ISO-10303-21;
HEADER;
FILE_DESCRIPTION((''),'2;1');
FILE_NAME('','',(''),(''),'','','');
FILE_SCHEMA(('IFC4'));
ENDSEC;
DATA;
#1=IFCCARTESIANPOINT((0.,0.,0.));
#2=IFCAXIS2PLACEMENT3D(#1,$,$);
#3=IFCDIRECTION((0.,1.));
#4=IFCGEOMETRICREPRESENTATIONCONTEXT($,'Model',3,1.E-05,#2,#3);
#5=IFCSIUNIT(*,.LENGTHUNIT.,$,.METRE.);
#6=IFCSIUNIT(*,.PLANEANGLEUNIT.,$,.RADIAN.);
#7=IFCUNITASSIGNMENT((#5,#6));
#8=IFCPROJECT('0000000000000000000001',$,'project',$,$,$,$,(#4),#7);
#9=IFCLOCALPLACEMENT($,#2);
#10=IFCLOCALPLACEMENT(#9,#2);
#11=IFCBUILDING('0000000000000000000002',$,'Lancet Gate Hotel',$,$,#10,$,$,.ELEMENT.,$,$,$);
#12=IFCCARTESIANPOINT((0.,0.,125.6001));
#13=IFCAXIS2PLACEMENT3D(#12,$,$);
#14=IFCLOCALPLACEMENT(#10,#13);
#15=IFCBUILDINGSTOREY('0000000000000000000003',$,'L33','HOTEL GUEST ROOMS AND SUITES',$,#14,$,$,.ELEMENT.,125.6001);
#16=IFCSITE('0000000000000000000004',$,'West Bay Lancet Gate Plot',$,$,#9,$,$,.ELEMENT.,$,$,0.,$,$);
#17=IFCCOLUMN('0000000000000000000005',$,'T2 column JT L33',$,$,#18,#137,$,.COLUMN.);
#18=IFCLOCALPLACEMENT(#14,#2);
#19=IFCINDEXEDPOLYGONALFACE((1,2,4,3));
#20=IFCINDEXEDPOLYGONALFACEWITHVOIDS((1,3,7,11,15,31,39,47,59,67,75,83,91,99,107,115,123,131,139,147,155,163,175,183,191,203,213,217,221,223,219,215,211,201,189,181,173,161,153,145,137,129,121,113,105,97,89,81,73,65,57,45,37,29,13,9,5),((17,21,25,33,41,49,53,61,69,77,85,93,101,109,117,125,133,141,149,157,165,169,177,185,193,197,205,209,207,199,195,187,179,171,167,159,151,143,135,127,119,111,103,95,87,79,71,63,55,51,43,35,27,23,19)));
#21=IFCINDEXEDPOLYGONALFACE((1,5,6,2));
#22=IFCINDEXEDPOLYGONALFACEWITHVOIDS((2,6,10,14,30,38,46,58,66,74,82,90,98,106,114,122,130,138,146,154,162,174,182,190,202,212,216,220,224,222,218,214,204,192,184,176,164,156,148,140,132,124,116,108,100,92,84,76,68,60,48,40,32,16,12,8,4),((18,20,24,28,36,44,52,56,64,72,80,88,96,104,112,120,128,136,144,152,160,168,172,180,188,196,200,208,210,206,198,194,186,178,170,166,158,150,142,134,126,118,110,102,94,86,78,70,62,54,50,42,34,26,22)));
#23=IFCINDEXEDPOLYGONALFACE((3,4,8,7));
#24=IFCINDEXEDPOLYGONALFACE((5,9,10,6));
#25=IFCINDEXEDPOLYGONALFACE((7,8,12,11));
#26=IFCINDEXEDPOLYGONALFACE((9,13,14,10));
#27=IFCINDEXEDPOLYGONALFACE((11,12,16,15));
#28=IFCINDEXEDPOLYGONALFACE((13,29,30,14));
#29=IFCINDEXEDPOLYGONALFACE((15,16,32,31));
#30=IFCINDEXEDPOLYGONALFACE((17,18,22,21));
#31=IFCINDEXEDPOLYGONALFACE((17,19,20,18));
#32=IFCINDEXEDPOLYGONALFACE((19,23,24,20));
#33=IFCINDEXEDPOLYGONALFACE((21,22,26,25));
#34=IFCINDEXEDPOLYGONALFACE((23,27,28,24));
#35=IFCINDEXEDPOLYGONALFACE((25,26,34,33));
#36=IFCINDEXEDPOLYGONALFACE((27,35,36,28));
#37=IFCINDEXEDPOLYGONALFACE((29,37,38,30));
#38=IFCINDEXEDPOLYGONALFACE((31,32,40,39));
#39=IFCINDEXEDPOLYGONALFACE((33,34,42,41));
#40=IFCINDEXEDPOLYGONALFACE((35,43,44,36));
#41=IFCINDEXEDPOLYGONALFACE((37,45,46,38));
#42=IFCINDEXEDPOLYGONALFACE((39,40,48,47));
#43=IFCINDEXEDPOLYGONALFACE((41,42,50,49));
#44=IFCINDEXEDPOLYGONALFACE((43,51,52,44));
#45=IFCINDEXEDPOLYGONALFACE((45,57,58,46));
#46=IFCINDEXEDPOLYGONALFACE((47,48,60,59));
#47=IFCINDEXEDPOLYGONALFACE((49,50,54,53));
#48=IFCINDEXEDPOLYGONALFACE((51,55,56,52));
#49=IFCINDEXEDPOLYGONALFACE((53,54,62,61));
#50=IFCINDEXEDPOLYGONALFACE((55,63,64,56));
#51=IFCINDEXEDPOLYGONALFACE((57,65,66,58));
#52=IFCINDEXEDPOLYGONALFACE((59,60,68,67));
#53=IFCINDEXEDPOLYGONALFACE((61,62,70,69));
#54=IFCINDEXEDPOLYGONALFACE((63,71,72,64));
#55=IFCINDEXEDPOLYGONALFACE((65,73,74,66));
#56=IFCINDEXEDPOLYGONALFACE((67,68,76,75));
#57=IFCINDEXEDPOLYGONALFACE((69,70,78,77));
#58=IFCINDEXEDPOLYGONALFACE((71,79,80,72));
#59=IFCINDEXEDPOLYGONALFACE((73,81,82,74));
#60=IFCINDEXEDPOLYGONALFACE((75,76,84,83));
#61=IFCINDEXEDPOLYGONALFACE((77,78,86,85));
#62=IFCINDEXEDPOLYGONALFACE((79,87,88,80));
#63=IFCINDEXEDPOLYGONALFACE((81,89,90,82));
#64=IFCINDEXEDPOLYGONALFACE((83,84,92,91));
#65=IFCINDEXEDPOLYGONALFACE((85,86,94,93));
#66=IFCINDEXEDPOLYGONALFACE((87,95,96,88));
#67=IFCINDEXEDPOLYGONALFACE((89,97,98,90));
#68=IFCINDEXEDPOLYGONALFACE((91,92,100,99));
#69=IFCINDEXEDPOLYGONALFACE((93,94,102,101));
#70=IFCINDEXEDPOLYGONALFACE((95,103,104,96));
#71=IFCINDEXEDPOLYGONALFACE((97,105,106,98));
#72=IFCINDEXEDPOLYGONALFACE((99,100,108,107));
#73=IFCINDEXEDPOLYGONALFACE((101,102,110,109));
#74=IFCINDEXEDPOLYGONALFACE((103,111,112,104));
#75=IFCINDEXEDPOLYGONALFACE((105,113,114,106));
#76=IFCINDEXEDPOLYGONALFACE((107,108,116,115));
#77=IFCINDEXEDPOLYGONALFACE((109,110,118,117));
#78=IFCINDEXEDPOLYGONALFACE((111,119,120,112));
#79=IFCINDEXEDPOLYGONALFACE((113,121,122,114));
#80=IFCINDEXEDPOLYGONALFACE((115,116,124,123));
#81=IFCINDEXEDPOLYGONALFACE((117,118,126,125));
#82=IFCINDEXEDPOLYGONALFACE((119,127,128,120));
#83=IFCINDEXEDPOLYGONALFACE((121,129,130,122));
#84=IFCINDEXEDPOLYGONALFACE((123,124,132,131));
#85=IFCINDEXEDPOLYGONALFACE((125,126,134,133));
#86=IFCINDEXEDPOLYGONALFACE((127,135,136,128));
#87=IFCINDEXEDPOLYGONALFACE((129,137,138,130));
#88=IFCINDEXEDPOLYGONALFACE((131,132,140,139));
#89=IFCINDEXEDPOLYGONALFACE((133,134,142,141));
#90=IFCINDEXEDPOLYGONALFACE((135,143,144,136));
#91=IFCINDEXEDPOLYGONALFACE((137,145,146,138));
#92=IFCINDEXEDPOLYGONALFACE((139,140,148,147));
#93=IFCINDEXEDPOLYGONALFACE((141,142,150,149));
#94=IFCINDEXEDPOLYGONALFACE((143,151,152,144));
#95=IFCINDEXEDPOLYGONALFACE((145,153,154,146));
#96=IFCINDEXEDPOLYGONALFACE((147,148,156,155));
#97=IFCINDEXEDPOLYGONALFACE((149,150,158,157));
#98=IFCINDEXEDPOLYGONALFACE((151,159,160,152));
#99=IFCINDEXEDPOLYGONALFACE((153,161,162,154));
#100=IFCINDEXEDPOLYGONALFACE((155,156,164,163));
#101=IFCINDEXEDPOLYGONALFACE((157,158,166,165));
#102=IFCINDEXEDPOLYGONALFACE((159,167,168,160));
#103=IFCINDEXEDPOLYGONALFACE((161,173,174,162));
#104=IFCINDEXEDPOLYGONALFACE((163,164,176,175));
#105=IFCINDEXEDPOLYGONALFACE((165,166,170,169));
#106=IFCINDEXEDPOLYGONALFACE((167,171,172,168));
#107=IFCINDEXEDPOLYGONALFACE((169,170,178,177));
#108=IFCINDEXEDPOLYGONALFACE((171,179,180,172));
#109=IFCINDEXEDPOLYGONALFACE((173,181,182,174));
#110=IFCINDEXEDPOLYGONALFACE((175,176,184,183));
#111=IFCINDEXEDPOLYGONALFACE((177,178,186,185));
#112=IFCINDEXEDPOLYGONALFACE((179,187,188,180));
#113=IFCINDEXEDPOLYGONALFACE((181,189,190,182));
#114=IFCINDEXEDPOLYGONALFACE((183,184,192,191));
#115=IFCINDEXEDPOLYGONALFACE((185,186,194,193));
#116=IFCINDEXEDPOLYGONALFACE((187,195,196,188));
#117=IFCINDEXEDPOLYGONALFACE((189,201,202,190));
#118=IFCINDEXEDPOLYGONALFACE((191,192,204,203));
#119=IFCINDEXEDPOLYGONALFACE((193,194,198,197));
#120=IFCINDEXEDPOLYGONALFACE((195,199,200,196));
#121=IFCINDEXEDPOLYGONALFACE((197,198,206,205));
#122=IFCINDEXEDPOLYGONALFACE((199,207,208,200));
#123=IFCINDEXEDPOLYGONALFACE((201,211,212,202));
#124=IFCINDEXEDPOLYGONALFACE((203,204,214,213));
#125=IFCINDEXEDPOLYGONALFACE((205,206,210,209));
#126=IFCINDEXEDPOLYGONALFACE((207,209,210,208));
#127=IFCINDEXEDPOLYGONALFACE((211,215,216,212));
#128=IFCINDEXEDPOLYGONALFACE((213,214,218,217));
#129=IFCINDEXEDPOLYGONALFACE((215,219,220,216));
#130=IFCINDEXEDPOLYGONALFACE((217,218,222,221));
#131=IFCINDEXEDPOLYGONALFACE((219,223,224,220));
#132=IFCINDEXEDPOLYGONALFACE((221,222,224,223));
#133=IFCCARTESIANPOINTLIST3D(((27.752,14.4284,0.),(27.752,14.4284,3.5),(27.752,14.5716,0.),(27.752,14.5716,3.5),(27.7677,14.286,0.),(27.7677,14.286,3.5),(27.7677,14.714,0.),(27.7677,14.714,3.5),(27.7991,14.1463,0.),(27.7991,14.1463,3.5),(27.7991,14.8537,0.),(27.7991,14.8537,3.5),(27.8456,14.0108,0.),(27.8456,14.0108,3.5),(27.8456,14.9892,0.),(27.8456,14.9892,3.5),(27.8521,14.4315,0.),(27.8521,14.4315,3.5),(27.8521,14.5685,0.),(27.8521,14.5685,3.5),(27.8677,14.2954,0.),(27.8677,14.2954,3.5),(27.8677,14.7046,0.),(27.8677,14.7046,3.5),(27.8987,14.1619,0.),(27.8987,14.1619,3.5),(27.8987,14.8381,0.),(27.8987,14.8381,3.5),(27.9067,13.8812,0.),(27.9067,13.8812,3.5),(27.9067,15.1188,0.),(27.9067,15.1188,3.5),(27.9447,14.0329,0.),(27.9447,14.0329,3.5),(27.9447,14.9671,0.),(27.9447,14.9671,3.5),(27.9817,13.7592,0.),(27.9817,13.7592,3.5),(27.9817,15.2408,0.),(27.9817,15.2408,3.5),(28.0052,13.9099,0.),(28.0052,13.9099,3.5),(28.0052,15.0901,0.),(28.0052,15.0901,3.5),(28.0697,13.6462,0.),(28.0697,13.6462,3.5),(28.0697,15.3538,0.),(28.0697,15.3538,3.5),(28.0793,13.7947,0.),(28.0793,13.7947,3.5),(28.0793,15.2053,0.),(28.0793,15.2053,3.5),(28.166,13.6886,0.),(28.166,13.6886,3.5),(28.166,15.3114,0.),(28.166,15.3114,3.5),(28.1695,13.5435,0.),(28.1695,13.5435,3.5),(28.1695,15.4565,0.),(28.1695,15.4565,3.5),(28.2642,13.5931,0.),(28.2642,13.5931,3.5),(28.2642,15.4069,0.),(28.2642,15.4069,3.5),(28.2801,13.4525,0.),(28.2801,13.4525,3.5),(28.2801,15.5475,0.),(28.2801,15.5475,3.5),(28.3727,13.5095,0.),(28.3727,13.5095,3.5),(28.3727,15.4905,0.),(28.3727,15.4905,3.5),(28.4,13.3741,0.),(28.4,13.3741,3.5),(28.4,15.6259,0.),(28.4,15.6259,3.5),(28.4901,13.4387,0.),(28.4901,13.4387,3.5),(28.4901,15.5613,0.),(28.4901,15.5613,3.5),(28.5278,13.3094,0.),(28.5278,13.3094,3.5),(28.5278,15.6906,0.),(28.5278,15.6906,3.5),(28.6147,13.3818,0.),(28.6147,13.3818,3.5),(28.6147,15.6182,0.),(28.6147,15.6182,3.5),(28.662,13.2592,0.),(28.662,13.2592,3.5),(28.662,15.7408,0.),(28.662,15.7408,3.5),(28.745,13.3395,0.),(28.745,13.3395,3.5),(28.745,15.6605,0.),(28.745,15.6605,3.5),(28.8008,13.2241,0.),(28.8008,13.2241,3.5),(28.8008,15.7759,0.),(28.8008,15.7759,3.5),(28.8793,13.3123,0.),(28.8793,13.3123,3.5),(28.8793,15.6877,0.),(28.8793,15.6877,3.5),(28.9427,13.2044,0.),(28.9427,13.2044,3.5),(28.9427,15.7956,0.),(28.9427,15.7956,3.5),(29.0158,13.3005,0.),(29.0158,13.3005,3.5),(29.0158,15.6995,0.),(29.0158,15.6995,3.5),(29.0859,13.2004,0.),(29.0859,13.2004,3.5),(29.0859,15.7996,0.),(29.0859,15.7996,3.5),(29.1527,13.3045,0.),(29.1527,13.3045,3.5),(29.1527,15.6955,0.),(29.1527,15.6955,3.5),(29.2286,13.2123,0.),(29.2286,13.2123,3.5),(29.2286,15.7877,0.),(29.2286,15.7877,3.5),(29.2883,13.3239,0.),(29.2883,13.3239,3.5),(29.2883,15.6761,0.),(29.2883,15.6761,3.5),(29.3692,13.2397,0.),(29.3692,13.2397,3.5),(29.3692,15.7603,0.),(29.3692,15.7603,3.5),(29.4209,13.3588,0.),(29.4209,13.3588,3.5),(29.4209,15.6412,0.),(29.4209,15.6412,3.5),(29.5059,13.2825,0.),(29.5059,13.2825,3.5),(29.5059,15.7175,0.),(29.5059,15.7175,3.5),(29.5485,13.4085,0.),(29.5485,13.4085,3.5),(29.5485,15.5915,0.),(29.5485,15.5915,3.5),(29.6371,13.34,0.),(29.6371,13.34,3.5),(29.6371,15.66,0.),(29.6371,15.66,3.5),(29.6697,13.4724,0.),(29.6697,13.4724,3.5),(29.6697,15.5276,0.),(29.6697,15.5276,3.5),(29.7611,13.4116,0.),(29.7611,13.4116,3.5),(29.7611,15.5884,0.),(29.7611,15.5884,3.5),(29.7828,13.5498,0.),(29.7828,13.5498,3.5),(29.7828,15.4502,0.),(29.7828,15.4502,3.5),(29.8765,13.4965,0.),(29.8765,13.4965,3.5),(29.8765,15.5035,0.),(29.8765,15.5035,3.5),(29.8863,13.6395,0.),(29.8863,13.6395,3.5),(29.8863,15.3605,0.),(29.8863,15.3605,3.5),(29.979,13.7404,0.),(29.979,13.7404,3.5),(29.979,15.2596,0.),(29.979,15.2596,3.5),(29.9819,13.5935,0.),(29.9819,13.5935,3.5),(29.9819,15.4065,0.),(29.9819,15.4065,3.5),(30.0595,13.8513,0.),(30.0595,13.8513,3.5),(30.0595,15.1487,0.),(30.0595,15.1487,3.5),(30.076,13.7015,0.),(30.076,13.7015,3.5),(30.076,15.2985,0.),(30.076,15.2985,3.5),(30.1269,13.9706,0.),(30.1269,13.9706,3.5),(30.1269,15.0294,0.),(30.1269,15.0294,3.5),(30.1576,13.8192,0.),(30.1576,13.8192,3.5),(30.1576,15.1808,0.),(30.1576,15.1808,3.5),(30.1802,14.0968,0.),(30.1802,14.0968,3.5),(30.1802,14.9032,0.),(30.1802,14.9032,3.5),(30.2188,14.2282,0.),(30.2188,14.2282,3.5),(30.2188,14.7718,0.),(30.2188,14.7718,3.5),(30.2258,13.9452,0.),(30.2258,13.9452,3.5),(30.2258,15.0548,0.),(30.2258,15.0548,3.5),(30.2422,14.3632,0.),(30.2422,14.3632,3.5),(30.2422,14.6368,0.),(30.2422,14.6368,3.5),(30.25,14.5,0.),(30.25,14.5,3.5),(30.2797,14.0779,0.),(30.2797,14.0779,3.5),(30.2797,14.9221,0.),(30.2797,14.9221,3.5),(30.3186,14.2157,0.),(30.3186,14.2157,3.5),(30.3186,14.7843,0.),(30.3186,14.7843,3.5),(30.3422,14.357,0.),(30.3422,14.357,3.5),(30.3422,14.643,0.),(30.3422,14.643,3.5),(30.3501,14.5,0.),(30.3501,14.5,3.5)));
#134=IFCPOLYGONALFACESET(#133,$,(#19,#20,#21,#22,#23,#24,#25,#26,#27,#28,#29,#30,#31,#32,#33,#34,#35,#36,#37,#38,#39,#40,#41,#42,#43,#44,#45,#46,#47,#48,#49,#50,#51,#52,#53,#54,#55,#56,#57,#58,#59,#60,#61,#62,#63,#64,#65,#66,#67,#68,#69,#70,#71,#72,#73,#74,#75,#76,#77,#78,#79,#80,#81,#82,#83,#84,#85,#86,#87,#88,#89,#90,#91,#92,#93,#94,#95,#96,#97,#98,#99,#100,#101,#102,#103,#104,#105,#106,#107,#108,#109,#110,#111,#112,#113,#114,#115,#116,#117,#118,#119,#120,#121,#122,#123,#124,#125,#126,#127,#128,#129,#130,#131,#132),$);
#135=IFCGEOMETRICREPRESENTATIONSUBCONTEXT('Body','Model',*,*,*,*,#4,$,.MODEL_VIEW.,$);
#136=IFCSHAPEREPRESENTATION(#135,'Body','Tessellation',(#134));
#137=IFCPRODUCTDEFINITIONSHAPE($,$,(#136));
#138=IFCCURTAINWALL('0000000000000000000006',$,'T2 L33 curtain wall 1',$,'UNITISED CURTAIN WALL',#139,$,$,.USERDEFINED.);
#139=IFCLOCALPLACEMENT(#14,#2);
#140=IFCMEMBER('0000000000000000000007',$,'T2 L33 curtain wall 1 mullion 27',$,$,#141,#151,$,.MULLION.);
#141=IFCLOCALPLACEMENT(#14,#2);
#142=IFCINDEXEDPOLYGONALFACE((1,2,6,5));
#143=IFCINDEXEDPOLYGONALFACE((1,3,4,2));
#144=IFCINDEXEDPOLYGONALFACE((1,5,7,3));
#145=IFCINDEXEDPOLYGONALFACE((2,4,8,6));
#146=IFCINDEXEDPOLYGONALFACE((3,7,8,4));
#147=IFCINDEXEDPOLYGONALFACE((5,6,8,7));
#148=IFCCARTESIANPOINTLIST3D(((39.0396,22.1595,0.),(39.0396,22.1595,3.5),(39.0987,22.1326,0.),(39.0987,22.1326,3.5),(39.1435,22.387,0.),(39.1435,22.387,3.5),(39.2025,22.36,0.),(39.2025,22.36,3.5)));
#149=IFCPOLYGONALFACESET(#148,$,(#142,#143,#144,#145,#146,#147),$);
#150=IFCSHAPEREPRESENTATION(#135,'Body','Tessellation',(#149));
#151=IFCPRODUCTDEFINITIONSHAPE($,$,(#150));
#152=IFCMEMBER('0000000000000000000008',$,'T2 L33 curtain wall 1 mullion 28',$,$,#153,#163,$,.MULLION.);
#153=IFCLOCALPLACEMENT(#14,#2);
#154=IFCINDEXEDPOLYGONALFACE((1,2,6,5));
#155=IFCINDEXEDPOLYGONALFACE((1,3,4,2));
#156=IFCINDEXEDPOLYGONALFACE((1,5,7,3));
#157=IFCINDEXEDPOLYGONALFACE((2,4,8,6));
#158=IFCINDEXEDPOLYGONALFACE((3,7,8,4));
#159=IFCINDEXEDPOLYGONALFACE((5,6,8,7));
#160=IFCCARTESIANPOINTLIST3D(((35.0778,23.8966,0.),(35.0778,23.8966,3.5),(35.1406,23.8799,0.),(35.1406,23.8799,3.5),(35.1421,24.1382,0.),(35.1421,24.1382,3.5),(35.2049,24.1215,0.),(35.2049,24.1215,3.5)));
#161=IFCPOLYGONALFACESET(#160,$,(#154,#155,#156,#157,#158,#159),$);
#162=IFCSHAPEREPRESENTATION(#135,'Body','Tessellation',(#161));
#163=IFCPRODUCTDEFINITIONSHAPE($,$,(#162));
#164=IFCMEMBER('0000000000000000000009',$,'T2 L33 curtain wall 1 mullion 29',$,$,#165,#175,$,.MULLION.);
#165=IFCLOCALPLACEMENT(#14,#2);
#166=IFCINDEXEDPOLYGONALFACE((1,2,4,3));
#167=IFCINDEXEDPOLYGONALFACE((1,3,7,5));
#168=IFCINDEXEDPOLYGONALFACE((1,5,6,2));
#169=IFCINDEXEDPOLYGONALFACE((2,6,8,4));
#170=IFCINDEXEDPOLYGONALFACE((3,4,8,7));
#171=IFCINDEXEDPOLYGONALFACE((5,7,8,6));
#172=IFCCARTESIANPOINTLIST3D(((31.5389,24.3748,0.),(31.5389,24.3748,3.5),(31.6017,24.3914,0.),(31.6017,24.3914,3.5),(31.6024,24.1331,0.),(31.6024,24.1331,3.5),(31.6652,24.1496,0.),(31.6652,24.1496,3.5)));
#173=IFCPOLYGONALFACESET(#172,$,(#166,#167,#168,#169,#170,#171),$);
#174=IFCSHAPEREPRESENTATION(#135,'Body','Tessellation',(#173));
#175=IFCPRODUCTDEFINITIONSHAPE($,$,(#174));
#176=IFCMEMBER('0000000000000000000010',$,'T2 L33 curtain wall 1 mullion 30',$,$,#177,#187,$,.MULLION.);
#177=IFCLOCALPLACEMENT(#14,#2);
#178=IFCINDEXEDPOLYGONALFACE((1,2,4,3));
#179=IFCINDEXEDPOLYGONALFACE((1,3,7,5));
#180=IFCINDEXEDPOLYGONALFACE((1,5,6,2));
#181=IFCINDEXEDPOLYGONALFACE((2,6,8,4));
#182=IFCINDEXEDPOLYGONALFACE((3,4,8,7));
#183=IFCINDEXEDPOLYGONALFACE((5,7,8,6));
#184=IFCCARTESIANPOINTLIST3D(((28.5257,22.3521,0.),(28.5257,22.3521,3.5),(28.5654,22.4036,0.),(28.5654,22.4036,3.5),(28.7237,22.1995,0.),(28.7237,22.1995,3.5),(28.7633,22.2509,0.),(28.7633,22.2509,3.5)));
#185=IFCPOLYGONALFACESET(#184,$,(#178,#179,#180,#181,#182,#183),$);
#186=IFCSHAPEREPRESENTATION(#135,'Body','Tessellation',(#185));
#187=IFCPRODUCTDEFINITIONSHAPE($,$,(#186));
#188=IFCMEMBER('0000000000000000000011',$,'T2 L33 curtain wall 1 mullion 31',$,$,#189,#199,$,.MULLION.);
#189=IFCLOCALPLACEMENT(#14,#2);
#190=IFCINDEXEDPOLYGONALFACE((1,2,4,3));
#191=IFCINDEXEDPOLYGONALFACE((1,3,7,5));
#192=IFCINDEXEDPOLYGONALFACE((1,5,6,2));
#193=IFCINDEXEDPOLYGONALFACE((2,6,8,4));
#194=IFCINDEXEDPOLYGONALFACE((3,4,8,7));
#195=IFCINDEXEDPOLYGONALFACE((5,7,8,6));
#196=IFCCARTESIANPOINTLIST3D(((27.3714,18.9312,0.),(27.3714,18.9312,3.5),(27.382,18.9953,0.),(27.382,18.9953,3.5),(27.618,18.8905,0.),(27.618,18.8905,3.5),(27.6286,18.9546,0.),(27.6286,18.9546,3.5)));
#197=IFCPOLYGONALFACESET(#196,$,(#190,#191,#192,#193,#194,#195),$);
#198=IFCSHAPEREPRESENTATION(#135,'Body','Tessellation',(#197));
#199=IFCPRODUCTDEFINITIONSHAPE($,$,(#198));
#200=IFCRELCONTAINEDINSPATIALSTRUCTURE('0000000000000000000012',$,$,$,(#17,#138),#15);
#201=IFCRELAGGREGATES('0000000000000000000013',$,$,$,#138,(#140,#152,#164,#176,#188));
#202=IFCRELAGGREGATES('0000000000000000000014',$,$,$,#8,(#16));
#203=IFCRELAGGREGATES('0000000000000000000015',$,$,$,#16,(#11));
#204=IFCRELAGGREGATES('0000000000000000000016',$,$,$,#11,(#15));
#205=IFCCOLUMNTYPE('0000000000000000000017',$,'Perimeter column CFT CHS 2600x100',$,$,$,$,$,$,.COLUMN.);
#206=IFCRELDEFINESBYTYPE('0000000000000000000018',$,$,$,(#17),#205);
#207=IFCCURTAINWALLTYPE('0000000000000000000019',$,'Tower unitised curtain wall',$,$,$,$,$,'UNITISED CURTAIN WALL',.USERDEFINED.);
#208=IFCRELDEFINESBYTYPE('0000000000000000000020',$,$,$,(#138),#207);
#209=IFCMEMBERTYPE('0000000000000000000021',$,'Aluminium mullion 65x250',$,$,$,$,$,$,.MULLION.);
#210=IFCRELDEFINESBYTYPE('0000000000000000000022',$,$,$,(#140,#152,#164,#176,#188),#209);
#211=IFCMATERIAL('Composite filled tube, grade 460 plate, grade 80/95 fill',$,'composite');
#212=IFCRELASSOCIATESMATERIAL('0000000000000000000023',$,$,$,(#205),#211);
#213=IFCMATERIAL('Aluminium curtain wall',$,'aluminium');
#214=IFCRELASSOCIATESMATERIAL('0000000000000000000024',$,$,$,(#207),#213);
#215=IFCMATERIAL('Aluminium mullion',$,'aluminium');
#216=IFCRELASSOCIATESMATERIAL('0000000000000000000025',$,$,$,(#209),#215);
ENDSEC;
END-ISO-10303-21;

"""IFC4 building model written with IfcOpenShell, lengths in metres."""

from ifc_helpers import new_model, si_unit, direction, frame, origin, origin_2d, place, context, subcontext, project, spatial, rectangle, hollow_circle, extrude, material, material_profile, profile_set, type_object, element, aggregate, save


model = new_model("IFC4")

# Units and contexts
model_context = context("Model", 3, precision=1e-05, world=origin(), true_north=direction((0.0, 1.0)))
body_context = subcontext(model_context, "Body", "Model", "MODEL_VIEW")
ifc_project = project(units=[si_unit("LENGTHUNIT", "METRE"), si_unit("PLANEANGLEUNIT", "RADIAN")], contexts=[model_context])

# Site, building, storey
site_placement = place(None, origin())
site = spatial("IfcSite", under=ifc_project, at=site_placement, Name="West Bay Lancet Gate Plot", CompositionType="ELEMENT", RefElevation=0.0)
building_placement = place(site_placement, origin())
building = spatial("IfcBuilding", under=site, at=building_placement, Name="Lancet Gate Hotel", CompositionType="ELEMENT")
storey_placement = place(building_placement, frame((0.0, 0.0, 125.6001)))
storey = spatial("IfcBuildingStorey", under=building, at=storey_placement, Name="L33", Description="HOTEL GUEST ROOMS AND SUITES", CompositionType="ELEMENT", Elevation=125.6001)

# Column
ifc_material_1 = material(Name="Composite filled tube, grade 460 plate, grade 80/95 fill", Category="composite")
ifc_material_profile_1 = material_profile(ifc_material_1, hollow_circle(Radius=1.3, WallThickness=0.1001, at=origin_2d()), Name="CHS 2600x100")
ifc_profile_set_1 = profile_set([ifc_material_profile_1], Name="Composite filled tube, grade 460 plate, grade 80/95 fill")
column_type = type_object("IfcColumnType", Name="Perimeter column CFT CHS 2600x100", PredefinedType="COLUMN", material=ifc_profile_set_1)
for number, where, z_axis, x_axis, name in (
    (1, (29.05, 14.5, 0.0), (0.0, 0.0, 1.0), (1.0, 0.0, 0.0), "T2 column JT L33"),
):
    element("IfcColumn", number, at=place(storey_placement, frame(where, z_axis=z_axis, x_axis=x_axis)), inside=storey, type_object=column_type, Name=name, PredefinedType="COLUMN", context=body_context, shape_type="SweptSolid", body=[
        extrude(hollow_circle(Radius=1.3, WallThickness=0.1001, at=origin_2d()), origin(), (0.0, 0.0, 1.0), 3.5),
    ])

# Curtain wall, members
ifc_material_2 = material(Name="Aluminium curtain wall", Category="aluminium")
curtain_wall_type = type_object("IfcCurtainWallType", Name="Tower unitised curtain wall", ElementType="UNITISED CURTAIN WALL", PredefinedType="USERDEFINED", material=ifc_material_2)
curtain_wall_placement = place(storey_placement, origin())
curtain_wall = element("IfcCurtainWall", 2, at=curtain_wall_placement, inside=storey, type_object=curtain_wall_type, Name="T2 L33 curtain wall 1", ObjectType="UNITISED CURTAIN WALL", PredefinedType="USERDEFINED")
ifc_material_3 = material(Name="Aluminium mullion", Category="aluminium")
ifc_material_profile_2 = material_profile(ifc_material_3, rectangle(XDim=0.0649, YDim=0.25, at=origin_2d()), Name="MULLION 65x250")
ifc_profile_set_2 = profile_set([ifc_material_profile_2], Name="Aluminium mullion")
member_type_1 = type_object("IfcMemberType", Name="Aluminium mullion 65x250", PredefinedType="MULLION", material=ifc_profile_set_2)
member_1_placement = place(storey_placement, frame((39.1211, 22.2598, 0.0), z_axis=(0.0, 0.0, 1.0), x_axis=(-0.909673, 0.415326, 0.0)))
member_1 = element("IfcMember", 3, at=member_1_placement, type_object=member_type_1, Name="T2 L33 curtain wall 1 mullion 27", PredefinedType="MULLION", context=body_context, shape_type="SweptSolid", body=[
    extrude(rectangle(XDim=0.0649, YDim=0.25, at=origin_2d()), origin(), (0.0, 0.0, 1.0), 3.5),
])
member_2_placement = place(storey_placement, frame((35.1414, 24.009, 0.0), z_axis=(0.0, 0.0, 1.0), x_axis=(-0.966317, 0.257353, 0.0)))
member_2 = element("IfcMember", 4, at=member_2_placement, type_object=member_type_1, Name="T2 L33 curtain wall 1 mullion 28", PredefinedType="MULLION", context=body_context, shape_type="SweptSolid", body=[
    extrude(rectangle(XDim=0.0649, YDim=0.25, at=origin_2d()), origin(), (0.0, 0.0, 1.0), 3.5),
])
member_3_placement = place(storey_placement, frame((31.6021, 24.2622, 0.0), z_axis=(0.0, 0.0, 1.0), x_axis=(-0.967157, -0.254179, 0.0)))
member_3 = element("IfcMember", 5, at=member_3_placement, type_object=member_type_1, Name="T2 L33 curtain wall 1 mullion 29", PredefinedType="MULLION", context=body_context, shape_type="SweptSolid", body=[
    extrude(rectangle(XDim=0.0649, YDim=0.25, at=origin_2d()), origin(), (0.0, 0.0, 1.0), 3.5),
])
member_4_placement = place(storey_placement, frame((28.6445, 22.3015, 0.0), z_axis=(0.0, 0.0, 1.0), x_axis=(-0.610664, -0.79189, 0.0)))
member_4 = element("IfcMember", 6, at=member_4_placement, type_object=member_type_1, Name="T2 L33 curtain wall 1 mullion 30", PredefinedType="MULLION", context=body_context, shape_type="SweptSolid", body=[
    extrude(rectangle(XDim=0.0649, YDim=0.25, at=origin_2d()), origin(), (0.0, 0.0, 1.0), 3.5),
])
member_5_placement = place(storey_placement, frame((27.5, 18.9429, 0.0), z_axis=(0.0, 0.0, 1.0), x_axis=(-0.162739, -0.986669, 0.0)))
member_5 = element("IfcMember", 7, at=member_5_placement, type_object=member_type_1, Name="T2 L33 curtain wall 1 mullion 31", PredefinedType="MULLION", context=body_context, shape_type="SweptSolid", body=[
    extrude(rectangle(XDim=0.0649, YDim=0.25, at=origin_2d()), origin(), (0.0, 0.0, 1.0), 3.5),
])

aggregate(curtain_wall, [member_1, member_2, member_3, member_4, member_5])

save(model, "model.ifc")
